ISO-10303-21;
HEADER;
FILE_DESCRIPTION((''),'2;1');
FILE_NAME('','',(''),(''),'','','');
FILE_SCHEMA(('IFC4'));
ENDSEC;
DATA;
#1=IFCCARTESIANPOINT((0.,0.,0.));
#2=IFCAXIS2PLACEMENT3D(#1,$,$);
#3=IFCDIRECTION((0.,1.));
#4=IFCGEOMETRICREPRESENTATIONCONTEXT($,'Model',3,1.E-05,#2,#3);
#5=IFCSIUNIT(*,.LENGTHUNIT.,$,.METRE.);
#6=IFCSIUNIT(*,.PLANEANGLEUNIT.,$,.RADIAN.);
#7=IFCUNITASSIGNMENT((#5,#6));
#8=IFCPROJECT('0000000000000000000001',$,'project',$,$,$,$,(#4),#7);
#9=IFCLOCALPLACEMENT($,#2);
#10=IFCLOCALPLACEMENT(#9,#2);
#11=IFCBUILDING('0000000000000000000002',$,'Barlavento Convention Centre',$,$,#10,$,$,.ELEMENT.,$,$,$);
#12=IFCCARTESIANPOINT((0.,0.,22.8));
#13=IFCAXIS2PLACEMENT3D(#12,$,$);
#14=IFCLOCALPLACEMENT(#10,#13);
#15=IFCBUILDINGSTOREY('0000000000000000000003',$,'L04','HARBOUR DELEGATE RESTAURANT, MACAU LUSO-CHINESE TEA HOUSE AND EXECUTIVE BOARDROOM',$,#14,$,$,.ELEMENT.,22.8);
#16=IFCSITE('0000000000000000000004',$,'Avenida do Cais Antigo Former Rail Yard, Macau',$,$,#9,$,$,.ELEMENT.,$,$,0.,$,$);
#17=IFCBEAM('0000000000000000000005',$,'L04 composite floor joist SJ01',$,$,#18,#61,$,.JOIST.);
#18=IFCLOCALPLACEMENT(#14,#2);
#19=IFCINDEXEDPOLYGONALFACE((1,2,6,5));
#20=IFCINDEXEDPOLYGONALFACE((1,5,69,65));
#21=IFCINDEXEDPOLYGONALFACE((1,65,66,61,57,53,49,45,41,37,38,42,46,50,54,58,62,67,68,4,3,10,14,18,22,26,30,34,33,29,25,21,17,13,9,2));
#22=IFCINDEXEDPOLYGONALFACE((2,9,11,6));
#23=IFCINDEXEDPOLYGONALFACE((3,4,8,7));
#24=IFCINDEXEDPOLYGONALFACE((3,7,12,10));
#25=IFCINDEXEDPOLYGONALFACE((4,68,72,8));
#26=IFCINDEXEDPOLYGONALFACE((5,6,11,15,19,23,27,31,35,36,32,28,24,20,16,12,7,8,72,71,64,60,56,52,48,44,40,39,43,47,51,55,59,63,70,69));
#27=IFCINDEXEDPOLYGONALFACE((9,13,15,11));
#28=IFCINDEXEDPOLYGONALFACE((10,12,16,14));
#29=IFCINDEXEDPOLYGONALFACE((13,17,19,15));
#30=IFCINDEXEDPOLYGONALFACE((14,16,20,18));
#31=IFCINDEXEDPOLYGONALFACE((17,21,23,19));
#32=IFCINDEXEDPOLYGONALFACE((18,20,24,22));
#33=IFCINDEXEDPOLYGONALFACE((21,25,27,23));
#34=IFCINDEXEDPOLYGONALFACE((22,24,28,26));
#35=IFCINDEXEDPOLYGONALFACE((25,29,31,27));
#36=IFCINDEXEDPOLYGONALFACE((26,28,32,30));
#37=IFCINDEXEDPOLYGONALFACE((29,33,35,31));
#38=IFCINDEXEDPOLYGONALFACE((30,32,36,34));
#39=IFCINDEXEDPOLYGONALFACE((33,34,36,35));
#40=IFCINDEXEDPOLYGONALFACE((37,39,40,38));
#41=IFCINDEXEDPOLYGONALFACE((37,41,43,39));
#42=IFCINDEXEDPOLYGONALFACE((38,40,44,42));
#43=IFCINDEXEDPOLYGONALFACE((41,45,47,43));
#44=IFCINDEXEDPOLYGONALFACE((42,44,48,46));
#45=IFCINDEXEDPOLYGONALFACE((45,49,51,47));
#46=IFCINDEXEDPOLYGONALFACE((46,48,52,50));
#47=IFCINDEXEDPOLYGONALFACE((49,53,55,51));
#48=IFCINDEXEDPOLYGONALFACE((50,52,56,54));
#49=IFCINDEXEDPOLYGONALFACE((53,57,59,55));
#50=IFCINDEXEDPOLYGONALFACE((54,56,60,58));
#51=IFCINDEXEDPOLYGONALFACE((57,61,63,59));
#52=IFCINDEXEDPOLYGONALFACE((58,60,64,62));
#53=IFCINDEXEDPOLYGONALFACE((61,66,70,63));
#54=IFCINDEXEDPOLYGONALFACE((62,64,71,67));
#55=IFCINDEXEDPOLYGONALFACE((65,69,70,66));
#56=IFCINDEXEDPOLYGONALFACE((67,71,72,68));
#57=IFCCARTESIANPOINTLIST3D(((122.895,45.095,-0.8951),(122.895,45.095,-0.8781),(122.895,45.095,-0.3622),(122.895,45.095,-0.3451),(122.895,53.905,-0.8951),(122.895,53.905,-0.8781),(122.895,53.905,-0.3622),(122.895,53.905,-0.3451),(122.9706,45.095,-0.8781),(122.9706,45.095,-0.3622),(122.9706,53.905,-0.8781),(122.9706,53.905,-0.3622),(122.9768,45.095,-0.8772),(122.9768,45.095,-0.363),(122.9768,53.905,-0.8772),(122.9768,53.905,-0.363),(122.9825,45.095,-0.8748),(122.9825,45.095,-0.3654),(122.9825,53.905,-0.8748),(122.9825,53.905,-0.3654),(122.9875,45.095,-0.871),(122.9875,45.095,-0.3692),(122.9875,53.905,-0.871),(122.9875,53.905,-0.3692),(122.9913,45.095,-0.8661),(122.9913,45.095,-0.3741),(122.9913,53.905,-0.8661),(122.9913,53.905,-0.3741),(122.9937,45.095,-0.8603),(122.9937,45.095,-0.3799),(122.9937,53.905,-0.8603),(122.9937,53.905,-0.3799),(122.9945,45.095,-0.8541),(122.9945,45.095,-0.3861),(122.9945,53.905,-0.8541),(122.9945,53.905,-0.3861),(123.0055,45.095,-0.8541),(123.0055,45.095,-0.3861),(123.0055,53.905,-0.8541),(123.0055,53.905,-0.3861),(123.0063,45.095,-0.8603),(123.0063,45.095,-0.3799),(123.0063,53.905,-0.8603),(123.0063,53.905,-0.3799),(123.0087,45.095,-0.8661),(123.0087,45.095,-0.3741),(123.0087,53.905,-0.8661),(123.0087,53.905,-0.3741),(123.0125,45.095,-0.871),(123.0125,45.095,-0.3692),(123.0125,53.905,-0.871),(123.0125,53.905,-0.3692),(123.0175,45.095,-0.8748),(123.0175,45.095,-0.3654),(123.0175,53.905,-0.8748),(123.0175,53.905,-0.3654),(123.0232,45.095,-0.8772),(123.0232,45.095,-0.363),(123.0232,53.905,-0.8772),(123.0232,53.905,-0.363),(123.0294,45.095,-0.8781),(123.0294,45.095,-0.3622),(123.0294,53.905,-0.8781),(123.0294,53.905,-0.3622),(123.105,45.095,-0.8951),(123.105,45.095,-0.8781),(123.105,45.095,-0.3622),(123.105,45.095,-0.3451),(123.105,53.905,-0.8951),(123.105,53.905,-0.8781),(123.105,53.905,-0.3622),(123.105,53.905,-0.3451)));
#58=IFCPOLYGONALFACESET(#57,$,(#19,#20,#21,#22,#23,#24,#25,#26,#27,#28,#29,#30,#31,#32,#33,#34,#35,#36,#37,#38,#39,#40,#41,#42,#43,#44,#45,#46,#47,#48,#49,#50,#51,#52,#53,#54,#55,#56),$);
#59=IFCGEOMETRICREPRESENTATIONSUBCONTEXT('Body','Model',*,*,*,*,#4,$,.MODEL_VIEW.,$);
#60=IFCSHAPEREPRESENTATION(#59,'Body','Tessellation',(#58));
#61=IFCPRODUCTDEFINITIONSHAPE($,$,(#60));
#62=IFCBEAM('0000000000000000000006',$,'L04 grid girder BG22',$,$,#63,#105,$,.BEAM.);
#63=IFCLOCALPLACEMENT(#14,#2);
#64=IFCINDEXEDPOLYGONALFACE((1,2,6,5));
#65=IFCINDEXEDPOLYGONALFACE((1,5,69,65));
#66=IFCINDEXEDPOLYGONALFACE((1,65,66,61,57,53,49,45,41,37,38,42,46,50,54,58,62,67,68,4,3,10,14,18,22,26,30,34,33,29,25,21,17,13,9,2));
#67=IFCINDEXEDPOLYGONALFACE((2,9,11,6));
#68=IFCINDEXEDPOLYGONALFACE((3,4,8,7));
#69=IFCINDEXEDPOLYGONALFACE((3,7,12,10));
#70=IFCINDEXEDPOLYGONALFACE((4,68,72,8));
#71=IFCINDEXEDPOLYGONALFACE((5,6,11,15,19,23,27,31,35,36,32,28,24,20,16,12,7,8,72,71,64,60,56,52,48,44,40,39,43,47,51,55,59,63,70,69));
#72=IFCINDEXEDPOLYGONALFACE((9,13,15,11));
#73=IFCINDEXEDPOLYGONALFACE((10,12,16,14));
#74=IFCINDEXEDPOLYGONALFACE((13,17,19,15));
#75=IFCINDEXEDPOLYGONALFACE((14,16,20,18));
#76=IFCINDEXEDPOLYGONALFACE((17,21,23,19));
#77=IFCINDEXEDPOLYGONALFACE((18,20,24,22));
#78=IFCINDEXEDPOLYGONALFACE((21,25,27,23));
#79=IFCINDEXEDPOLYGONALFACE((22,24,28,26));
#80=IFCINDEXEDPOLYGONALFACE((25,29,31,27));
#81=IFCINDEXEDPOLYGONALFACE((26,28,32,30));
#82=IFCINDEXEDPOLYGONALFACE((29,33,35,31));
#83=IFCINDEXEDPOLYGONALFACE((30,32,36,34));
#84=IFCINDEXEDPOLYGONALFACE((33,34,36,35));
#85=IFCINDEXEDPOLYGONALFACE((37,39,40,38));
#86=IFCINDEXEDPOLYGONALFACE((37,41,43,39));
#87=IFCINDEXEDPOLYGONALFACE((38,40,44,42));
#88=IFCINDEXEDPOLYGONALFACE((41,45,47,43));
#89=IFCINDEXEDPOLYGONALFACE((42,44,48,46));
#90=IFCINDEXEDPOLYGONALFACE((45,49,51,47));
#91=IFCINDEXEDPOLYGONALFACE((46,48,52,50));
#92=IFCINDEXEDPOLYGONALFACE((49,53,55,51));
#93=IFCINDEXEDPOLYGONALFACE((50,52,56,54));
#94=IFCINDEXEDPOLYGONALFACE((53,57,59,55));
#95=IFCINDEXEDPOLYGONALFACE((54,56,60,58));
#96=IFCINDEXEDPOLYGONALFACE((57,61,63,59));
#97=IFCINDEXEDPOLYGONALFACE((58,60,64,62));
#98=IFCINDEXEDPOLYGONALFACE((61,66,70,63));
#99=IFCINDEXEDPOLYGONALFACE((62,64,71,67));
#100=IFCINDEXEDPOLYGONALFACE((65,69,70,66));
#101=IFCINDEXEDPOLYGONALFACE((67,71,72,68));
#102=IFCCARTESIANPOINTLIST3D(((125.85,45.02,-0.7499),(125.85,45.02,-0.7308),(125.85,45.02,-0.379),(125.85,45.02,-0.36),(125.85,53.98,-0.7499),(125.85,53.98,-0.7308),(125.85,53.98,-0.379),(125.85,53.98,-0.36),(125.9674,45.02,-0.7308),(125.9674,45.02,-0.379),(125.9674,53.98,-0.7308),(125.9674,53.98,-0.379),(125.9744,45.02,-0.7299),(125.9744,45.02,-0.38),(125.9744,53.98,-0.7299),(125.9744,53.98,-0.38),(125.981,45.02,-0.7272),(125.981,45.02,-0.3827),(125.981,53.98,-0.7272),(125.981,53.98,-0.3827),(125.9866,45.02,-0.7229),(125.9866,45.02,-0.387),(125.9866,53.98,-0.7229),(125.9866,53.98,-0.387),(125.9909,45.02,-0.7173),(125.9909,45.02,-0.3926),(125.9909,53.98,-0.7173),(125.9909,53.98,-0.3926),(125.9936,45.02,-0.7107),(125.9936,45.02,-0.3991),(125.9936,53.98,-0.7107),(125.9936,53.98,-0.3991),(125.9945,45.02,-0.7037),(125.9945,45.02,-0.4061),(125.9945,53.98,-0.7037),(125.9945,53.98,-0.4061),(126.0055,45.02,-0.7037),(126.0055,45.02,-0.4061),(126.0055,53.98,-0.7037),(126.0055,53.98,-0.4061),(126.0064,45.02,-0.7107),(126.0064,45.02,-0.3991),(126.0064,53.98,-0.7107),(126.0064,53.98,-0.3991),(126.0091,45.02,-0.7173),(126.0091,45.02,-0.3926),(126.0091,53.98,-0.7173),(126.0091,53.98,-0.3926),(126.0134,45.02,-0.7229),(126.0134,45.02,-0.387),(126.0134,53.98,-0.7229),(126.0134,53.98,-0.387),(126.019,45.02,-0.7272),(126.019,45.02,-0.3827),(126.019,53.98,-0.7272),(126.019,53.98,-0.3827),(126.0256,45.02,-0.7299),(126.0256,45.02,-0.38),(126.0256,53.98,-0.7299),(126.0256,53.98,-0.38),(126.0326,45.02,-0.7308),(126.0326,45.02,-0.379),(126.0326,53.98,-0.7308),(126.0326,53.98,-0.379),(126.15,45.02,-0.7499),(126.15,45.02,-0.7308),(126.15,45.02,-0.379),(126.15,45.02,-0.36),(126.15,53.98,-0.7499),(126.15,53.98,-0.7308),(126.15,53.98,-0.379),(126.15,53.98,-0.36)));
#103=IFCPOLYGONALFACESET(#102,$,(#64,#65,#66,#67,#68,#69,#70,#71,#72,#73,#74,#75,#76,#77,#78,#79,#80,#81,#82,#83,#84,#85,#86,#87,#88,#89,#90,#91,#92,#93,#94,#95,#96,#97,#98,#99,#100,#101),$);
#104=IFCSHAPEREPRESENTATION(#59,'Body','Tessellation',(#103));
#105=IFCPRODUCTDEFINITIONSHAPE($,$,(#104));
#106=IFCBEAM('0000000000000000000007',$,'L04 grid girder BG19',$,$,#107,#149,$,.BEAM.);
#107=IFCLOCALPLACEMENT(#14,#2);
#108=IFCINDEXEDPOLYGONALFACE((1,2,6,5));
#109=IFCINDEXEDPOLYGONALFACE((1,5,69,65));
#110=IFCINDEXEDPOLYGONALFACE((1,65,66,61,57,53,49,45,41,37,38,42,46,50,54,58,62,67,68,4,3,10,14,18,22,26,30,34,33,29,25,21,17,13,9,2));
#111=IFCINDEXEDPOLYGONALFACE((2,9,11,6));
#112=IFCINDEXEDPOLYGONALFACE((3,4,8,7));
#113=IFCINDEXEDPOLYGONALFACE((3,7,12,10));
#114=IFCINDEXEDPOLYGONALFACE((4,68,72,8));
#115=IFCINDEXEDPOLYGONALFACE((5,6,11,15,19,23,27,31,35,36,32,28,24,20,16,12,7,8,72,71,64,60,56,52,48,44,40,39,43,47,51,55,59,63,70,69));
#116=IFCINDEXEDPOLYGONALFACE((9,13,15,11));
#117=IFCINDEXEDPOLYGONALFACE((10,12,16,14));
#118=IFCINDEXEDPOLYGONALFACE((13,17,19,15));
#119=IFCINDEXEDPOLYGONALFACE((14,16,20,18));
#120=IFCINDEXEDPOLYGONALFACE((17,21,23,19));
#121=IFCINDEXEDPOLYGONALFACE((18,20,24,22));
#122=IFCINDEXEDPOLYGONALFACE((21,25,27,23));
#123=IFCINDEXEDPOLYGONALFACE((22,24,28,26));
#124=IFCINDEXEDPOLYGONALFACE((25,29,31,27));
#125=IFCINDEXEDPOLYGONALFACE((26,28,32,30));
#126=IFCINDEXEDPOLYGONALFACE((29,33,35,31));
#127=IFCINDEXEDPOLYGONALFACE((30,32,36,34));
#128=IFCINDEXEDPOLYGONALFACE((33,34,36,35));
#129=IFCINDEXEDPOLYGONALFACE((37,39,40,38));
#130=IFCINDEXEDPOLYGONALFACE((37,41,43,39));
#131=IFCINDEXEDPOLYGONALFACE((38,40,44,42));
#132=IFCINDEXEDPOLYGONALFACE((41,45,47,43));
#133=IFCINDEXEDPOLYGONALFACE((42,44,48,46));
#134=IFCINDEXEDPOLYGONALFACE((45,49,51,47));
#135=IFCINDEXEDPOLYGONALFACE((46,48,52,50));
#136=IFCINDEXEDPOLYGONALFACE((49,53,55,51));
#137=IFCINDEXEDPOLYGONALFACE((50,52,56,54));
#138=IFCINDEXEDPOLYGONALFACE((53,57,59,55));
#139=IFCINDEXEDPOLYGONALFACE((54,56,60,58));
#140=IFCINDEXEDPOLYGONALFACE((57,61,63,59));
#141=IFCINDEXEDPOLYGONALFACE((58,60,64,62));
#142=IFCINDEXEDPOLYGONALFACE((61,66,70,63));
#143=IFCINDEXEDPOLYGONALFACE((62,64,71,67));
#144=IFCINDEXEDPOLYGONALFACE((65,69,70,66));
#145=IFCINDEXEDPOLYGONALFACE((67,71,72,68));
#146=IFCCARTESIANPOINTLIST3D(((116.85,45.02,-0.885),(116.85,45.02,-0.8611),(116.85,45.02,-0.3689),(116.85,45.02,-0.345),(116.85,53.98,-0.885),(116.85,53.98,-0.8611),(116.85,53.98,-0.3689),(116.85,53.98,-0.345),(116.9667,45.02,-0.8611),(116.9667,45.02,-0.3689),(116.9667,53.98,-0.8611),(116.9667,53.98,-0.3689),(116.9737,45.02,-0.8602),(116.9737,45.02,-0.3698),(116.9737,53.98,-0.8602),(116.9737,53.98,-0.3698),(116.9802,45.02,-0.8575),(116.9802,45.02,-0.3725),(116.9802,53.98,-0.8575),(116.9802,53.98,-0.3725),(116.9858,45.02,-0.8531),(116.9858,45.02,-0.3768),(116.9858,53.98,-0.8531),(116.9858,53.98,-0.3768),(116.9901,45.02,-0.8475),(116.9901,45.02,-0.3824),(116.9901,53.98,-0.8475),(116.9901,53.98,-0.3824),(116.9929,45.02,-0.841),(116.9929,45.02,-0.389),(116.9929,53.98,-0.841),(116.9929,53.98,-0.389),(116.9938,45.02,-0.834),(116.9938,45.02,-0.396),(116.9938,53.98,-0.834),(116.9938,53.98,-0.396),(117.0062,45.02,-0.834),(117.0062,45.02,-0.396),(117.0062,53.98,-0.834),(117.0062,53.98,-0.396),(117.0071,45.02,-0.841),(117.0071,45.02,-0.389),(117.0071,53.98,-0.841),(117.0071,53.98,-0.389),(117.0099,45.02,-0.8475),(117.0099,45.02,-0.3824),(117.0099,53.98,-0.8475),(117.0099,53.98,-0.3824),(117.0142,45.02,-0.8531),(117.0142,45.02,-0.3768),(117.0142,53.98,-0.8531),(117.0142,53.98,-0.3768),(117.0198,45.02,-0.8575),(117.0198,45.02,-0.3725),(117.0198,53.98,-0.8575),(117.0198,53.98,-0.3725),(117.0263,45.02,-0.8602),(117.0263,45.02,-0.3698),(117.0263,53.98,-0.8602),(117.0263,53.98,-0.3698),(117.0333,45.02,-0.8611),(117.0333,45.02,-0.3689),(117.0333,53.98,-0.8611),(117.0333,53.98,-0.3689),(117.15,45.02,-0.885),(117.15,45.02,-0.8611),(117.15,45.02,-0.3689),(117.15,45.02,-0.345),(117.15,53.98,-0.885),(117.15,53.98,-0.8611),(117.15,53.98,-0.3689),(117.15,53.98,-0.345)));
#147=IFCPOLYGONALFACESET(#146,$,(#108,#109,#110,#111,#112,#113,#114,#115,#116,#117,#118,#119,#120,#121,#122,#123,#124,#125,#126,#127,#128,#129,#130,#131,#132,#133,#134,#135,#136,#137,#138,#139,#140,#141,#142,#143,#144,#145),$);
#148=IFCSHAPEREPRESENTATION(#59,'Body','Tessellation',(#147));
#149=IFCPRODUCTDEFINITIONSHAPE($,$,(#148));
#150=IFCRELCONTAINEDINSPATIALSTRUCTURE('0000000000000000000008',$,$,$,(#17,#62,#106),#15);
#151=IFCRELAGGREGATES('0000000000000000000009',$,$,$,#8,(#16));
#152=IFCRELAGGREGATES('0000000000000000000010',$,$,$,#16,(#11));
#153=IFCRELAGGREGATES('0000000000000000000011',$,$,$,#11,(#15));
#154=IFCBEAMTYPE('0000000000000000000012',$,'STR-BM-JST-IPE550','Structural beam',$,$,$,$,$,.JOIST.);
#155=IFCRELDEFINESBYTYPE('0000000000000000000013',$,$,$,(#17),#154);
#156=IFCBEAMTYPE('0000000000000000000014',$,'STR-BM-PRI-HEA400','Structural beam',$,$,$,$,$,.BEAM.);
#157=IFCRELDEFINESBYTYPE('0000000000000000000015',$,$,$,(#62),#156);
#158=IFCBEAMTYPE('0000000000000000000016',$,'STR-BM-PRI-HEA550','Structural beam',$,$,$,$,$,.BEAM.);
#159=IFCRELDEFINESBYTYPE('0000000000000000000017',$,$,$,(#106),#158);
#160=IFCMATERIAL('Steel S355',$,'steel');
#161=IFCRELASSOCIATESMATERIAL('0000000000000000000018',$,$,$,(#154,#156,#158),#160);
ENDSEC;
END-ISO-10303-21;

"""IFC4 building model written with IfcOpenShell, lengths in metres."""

from ifc_helpers import new_model, si_unit, direction, frame, origin, origin_2d, place, context, subcontext, project, spatial, i_section, extrude, material, material_profile, profile_set, type_object, element, save


model = new_model("IFC4")

# Units and contexts
model_context = context("Model", 3, precision=1e-05, world=origin(), true_north=direction((0.0, 1.0)))
body_context = subcontext(model_context, "Body", "Model", "MODEL_VIEW")
ifc_project = project(units=[si_unit("LENGTHUNIT", "METRE"), si_unit("PLANEANGLEUNIT", "RADIAN")], contexts=[model_context])

# Site, building, storey
site_placement = place(None, origin())
site = spatial("IfcSite", under=ifc_project, at=site_placement, Name="Avenida do Cais Antigo Former Rail Yard, Macau", CompositionType="ELEMENT", RefElevation=0.0)
building_placement = place(site_placement, origin())
building = spatial("IfcBuilding", under=site, at=building_placement, Name="Barlavento Convention Centre", CompositionType="ELEMENT")
storey_placement = place(building_placement, frame((0.0, 0.0, 22.8)))
storey = spatial("IfcBuildingStorey", under=building, at=storey_placement, Name="L04", Description="HARBOUR DELEGATE RESTAURANT, MACAU LUSO-CHINESE TEA HOUSE AND EXECUTIVE BOARDROOM", CompositionType="ELEMENT", Elevation=22.8)

# Beams
ifc_material_1 = material(Name="Steel S355", Category="steel")
ifc_material_profile_1 = material_profile(ifc_material_1, i_section(OverallWidth=0.21, OverallDepth=0.55, WebThickness=0.011, FlangeThickness=0.0171, FilletRadius=0.0239, at=origin_2d()), Name="IPE 550")
ifc_profile_set_1 = profile_set([ifc_material_profile_1], Name="Steel S355")
beam_type_1 = type_object("IfcBeamType", Name="STR-BM-JST-IPE550", Description="Structural beam", PredefinedType="JOIST", material=ifc_profile_set_1)
beam_1_placement = place(storey_placement, frame((123.0, 45.095, -0.6201), z_axis=(0.0, 1.0, 0.0), x_axis=(-1.0, 0.0, 0.0)))
element("IfcBeam", 1, at=beam_1_placement, inside=storey, type_object=beam_type_1, Name="L04 composite floor joist SJ01", PredefinedType="JOIST", context=body_context, shape_type="SweptSolid", body=[
    extrude(i_section(OverallWidth=0.21, OverallDepth=0.55, WebThickness=0.011, FlangeThickness=0.0171, FilletRadius=0.0239, at=origin_2d()), origin(), (0.0, 0.0, 1.0), 8.8101),
])
ifc_material_profile_2 = material_profile(ifc_material_1, i_section(OverallWidth=0.3, OverallDepth=0.3899, WebThickness=0.011, FlangeThickness=0.019, FilletRadius=0.0271, at=origin_2d()), Name="HEA 400")
ifc_profile_set_2 = profile_set([ifc_material_profile_2], Name="Steel S355")
beam_type_2 = type_object("IfcBeamType", Name="STR-BM-PRI-HEA400", Description="Structural beam", PredefinedType="BEAM", material=ifc_profile_set_2)
beam_2_placement = place(storey_placement, frame((126.0, 45.02, -0.5549), z_axis=(0.0, 1.0, 0.0), x_axis=(-1.0, 0.0, 0.0)))
element("IfcBeam", 2, at=beam_2_placement, inside=storey, type_object=beam_type_2, Name="L04 grid girder BG22", PredefinedType="BEAM", context=body_context, shape_type="SweptSolid", body=[
    extrude(i_section(OverallWidth=0.3, OverallDepth=0.3899, WebThickness=0.011, FlangeThickness=0.019, FilletRadius=0.0271, at=origin_2d()), origin(), (0.0, 0.0, 1.0), 8.96),
])
ifc_material_profile_3 = material_profile(ifc_material_1, i_section(OverallWidth=0.3, OverallDepth=0.54, WebThickness=0.0125, FlangeThickness=0.0239, FilletRadius=0.0271, at=origin_2d()), Name="HEA 550")
ifc_profile_set_3 = profile_set([ifc_material_profile_3], Name="Steel S355")
beam_type_3 = type_object("IfcBeamType", Name="STR-BM-PRI-HEA550", Description="Structural beam", PredefinedType="BEAM", material=ifc_profile_set_3)
beam_3_placement = place(storey_placement, frame((117.0, 45.02, -0.615), z_axis=(0.0, 1.0, 0.0), x_axis=(-1.0, 0.0, 0.0)))
element("IfcBeam", 3, at=beam_3_placement, inside=storey, type_object=beam_type_3, Name="L04 grid girder BG19", PredefinedType="BEAM", context=body_context, shape_type="SweptSolid", body=[
    extrude(i_section(OverallWidth=0.3, OverallDepth=0.54, WebThickness=0.0125, FlangeThickness=0.0239, FilletRadius=0.0271, at=origin_2d()), origin(), (0.0, 0.0, 1.0), 8.96),
])

save(model, "model.ifc")
